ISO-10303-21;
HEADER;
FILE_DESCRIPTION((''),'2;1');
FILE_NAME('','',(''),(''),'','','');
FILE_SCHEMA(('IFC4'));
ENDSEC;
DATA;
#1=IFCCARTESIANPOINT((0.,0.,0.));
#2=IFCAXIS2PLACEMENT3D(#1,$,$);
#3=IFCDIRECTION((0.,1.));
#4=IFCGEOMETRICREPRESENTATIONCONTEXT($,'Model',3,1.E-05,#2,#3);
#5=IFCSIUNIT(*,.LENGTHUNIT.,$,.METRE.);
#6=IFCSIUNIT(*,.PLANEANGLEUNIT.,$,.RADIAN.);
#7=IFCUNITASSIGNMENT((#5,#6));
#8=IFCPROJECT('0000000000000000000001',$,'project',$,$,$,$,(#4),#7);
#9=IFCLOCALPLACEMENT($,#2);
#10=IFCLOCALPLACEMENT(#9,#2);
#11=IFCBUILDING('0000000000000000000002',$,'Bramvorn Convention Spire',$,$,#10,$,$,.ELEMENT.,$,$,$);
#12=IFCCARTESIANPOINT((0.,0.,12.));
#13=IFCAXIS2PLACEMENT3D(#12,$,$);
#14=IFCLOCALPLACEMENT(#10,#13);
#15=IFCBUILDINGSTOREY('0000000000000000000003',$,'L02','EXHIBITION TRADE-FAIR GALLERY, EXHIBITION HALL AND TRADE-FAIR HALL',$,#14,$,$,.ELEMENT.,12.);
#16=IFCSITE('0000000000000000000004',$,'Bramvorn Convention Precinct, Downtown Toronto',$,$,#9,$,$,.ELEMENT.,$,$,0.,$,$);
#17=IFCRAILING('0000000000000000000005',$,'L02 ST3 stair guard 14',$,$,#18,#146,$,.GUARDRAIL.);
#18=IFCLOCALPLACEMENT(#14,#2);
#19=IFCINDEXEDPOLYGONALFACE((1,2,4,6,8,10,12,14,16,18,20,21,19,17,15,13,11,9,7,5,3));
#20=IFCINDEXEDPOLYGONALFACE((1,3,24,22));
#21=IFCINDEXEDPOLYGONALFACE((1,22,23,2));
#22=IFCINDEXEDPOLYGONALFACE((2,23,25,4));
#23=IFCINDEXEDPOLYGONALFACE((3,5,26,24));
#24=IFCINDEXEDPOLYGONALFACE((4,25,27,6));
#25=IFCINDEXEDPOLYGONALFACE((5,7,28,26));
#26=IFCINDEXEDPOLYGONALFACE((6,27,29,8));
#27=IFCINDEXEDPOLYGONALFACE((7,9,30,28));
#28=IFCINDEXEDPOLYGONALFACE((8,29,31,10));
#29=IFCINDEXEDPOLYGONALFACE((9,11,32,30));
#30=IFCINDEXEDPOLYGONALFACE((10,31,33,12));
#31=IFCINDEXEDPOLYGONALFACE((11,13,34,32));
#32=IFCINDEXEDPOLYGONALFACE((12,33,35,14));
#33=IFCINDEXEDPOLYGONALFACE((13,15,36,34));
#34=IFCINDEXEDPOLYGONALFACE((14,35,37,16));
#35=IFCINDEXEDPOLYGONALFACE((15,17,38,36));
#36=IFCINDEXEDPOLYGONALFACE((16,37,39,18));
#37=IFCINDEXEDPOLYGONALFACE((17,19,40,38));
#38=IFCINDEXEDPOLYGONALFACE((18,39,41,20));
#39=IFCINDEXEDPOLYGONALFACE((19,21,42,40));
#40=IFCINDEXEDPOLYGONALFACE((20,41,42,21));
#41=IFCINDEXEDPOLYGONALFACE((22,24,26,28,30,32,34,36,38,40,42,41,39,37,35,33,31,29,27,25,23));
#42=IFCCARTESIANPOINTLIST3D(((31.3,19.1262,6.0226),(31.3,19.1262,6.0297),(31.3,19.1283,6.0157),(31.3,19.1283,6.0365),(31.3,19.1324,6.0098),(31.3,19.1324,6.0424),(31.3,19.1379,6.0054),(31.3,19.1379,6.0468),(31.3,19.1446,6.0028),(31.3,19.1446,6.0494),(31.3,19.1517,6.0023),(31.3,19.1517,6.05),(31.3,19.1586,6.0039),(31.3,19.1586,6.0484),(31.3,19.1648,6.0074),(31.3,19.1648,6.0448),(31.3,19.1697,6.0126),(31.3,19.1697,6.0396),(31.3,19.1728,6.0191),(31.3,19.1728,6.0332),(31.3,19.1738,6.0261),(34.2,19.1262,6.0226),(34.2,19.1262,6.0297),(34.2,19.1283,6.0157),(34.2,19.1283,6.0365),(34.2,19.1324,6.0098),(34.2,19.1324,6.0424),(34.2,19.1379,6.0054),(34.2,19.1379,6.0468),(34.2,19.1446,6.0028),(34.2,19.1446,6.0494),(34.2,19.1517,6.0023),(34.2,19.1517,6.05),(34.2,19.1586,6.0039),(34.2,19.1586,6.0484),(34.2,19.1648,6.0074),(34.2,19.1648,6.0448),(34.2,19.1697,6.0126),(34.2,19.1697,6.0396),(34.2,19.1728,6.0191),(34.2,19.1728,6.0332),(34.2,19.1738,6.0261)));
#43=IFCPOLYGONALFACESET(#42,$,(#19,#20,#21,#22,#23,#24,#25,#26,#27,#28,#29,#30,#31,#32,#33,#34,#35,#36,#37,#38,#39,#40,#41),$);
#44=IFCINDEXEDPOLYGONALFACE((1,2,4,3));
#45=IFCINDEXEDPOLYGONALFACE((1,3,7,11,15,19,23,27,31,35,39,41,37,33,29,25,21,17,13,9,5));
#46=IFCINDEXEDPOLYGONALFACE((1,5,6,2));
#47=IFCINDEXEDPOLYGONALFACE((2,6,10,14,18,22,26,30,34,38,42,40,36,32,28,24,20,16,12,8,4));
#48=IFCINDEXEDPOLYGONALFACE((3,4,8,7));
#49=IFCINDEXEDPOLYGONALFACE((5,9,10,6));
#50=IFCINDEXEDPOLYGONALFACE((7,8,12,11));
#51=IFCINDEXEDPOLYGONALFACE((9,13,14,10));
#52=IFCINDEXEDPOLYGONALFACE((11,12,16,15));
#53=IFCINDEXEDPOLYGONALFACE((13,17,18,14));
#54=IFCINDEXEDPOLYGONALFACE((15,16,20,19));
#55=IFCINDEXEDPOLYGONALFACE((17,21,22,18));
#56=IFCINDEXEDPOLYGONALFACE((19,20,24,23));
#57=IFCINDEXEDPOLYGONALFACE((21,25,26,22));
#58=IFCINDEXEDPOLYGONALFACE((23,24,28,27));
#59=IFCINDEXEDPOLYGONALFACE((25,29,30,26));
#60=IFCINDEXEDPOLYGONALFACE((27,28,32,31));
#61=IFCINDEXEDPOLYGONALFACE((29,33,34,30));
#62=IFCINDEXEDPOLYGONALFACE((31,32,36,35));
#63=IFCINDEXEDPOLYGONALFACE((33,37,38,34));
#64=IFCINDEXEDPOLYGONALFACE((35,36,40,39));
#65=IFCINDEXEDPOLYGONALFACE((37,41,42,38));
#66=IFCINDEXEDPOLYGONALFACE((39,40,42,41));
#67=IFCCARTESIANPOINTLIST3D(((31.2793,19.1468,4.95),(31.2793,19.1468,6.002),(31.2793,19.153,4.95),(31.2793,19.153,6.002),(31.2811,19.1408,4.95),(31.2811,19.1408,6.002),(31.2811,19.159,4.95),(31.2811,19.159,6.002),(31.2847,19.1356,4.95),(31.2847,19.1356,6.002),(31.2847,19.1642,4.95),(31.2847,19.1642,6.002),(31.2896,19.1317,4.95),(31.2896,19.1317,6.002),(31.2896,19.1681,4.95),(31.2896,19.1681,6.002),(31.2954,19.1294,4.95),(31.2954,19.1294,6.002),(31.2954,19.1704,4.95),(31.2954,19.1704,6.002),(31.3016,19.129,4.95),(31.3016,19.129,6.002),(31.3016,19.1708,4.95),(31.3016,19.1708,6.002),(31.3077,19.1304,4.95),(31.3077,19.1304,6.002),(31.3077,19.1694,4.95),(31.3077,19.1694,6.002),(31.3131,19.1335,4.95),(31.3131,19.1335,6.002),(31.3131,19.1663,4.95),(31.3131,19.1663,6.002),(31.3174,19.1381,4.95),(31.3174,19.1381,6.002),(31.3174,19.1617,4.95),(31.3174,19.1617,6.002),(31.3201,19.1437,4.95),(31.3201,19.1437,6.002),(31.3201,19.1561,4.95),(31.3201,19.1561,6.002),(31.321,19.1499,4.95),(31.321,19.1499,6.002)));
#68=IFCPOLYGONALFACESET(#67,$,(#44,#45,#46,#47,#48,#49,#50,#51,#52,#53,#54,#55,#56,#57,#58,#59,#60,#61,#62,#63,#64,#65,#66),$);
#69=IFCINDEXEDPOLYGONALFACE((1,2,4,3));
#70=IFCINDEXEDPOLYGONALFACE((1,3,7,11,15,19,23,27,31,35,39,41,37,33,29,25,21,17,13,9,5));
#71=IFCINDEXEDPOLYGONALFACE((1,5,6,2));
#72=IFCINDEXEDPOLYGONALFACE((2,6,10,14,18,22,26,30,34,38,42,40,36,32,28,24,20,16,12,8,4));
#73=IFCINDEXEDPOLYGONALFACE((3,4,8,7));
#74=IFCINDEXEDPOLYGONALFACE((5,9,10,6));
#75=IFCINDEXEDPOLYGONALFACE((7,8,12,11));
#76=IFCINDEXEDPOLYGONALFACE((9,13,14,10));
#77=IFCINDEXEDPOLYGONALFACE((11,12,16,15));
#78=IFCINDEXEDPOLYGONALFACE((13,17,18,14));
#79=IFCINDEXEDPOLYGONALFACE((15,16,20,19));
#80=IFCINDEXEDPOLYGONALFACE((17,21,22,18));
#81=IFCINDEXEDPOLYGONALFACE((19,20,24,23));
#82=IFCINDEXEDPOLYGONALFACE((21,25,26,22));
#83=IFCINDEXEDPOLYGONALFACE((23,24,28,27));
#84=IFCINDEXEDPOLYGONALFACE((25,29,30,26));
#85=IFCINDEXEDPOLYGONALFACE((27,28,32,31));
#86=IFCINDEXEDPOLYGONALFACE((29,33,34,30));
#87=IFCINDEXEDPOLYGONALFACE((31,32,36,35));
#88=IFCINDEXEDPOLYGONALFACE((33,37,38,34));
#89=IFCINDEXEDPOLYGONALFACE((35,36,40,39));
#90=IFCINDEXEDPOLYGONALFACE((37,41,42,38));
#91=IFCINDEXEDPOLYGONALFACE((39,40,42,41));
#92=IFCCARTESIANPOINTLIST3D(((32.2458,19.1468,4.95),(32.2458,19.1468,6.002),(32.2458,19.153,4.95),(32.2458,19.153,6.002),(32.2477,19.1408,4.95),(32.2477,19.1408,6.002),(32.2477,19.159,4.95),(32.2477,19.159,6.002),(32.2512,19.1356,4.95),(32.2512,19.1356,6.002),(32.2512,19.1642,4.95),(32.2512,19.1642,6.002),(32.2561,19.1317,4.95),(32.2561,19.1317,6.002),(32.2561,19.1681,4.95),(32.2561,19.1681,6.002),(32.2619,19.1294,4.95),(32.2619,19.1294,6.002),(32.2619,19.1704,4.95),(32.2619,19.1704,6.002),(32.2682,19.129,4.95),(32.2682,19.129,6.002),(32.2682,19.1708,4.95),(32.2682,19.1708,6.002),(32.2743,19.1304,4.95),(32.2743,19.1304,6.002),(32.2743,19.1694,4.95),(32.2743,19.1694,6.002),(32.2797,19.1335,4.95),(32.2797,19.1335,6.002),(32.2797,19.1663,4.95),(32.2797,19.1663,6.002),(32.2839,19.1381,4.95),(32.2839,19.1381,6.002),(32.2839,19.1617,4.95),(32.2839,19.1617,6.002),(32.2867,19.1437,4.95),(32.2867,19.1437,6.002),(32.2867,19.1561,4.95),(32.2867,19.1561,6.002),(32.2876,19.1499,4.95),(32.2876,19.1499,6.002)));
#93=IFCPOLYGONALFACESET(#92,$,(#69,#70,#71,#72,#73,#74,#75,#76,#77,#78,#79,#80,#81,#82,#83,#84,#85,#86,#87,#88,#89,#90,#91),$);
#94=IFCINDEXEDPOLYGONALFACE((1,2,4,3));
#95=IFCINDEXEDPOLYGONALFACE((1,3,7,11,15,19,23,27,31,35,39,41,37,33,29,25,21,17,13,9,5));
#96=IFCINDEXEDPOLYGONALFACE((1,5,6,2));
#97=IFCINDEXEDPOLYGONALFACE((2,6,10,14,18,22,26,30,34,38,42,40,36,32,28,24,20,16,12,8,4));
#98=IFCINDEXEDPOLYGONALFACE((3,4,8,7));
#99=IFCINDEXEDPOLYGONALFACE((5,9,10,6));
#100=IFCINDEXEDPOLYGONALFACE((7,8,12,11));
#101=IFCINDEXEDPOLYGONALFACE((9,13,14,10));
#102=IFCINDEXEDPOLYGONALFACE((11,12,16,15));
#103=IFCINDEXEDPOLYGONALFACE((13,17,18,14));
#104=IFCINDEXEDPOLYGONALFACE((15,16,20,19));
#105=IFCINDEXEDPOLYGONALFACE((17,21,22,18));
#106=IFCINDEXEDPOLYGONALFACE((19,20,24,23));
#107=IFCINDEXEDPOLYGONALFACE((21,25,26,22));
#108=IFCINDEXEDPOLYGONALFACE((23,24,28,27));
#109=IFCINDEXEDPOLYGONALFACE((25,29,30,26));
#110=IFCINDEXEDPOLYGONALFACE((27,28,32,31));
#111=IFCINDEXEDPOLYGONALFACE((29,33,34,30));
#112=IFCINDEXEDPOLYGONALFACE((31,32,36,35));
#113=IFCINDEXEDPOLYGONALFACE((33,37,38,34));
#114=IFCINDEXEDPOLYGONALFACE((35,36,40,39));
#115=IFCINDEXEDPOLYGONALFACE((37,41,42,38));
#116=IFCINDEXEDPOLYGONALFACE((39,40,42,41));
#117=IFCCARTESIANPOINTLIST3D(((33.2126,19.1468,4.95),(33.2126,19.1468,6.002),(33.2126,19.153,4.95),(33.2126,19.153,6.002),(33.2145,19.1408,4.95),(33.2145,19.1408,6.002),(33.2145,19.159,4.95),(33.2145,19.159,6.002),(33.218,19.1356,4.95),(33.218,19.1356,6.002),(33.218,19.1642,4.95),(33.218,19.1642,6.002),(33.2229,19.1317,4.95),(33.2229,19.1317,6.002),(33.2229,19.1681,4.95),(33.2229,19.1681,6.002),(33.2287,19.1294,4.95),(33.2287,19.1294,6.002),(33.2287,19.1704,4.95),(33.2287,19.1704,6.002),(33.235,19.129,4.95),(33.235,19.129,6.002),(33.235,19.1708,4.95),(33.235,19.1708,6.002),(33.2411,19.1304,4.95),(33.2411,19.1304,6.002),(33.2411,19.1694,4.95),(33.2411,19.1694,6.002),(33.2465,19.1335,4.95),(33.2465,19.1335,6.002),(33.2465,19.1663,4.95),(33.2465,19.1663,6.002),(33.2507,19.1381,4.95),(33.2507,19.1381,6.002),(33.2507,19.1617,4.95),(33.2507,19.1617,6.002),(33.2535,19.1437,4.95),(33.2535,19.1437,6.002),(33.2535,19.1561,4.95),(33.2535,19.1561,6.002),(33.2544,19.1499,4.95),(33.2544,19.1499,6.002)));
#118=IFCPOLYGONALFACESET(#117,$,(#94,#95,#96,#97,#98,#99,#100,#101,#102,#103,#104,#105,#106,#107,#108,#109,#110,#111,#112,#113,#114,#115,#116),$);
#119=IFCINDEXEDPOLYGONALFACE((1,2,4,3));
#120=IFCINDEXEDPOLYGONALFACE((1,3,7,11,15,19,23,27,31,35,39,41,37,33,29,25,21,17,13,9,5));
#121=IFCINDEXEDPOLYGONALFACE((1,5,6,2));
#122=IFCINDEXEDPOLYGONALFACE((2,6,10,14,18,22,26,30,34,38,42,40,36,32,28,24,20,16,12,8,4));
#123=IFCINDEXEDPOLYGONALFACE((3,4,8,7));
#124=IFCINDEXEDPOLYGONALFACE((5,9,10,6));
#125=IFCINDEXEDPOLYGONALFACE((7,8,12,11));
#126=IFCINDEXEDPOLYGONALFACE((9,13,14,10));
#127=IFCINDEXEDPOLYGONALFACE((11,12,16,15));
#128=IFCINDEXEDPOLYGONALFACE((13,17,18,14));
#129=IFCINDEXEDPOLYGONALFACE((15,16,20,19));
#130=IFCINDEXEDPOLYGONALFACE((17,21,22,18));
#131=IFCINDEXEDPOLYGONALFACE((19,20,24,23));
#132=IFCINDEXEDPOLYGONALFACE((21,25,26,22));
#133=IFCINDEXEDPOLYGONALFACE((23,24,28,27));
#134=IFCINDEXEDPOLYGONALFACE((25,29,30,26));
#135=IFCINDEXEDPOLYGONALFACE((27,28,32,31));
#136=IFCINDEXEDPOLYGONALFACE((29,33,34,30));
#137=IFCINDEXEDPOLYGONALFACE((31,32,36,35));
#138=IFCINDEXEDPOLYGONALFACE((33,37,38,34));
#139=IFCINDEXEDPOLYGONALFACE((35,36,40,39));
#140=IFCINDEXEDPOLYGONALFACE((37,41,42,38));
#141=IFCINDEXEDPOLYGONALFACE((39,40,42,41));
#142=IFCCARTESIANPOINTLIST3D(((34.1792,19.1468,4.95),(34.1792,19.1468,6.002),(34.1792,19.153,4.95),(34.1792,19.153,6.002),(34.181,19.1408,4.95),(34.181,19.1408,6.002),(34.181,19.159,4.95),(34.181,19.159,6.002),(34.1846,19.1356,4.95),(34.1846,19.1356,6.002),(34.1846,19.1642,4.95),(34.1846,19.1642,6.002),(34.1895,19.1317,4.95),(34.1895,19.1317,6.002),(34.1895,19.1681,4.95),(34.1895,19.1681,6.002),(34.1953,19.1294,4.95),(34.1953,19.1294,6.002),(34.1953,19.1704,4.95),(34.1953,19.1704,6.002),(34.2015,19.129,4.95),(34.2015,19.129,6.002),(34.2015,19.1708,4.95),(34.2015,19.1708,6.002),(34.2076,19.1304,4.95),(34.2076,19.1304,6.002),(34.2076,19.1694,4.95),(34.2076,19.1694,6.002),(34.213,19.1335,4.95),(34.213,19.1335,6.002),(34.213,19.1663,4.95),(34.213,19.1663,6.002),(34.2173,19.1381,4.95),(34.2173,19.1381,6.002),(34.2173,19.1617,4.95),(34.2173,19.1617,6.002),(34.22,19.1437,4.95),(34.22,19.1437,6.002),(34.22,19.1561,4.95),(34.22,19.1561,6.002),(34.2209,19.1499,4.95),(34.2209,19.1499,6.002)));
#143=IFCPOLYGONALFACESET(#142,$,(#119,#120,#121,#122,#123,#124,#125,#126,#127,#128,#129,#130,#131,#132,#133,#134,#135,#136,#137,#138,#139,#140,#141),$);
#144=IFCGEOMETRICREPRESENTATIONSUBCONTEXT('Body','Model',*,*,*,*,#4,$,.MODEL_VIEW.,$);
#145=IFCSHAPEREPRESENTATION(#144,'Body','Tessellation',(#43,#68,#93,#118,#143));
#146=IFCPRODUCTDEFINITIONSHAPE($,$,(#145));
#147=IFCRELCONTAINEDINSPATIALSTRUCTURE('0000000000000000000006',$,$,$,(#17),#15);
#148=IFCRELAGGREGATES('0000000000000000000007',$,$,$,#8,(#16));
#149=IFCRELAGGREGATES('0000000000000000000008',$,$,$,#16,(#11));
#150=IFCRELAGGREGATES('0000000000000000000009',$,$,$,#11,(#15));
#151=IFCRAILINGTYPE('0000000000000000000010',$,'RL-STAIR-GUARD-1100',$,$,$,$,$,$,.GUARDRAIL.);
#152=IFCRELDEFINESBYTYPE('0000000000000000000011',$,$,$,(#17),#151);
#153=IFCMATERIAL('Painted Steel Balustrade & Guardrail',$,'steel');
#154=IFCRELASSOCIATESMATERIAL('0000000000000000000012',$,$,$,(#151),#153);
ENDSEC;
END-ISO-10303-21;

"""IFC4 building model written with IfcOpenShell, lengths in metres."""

from ifc_helpers import new_model, si_unit, direction, frame, origin, origin_2d, place, context, subcontext, project, spatial, circle, extrude, material, type_object, element, save


model = new_model("IFC4")

# Units and contexts
model_context = context("Model", 3, precision=1e-05, world=origin(), true_north=direction((0.0, 1.0)))
body_context = subcontext(model_context, "Body", "Model", "MODEL_VIEW")
ifc_project = project(units=[si_unit("LENGTHUNIT", "METRE"), si_unit("PLANEANGLEUNIT", "RADIAN")], contexts=[model_context])

# Site, building, storey
site_placement = place(None, origin())
site = spatial("IfcSite", under=ifc_project, at=site_placement, Name="Bramvorn Convention Precinct, Downtown Toronto", CompositionType="ELEMENT", RefElevation=0.0)
building_placement = place(site_placement, origin())
building = spatial("IfcBuilding", under=site, at=building_placement, Name="Bramvorn Convention Spire", CompositionType="ELEMENT")
storey_placement = place(building_placement, frame((0.0, 0.0, 12.0)))
storey = spatial("IfcBuildingStorey", under=building, at=storey_placement, Name="L02", Description="EXHIBITION TRADE-FAIR GALLERY, EXHIBITION HALL AND TRADE-FAIR HALL", CompositionType="ELEMENT", Elevation=12.0)

# Railing
ifc_material_1 = material(Name="Painted Steel Balustrade & Guardrail", Category="steel")
railing_type = type_object("IfcRailingType", Name="RL-STAIR-GUARD-1100", PredefinedType="GUARDRAIL", material=ifc_material_1)
for number, where, name in (
    (1, (31.3, 19.1499, 4.95), "L02 ST3 stair guard 14"),
):
    element("IfcRailing", number, at=place(storey_placement, frame(where)), inside=storey, type_object=railing_type, Name=name, PredefinedType="GUARDRAIL", context=body_context, shape_type="SweptSolid", body=[
        extrude(circle(Radius=0.0239, at=origin_2d()), frame((0.0, 0.0, 1.0762), z_axis=(1.0, 0.0, 0.0), x_axis=(0.0, 1.0, 0.0)), (0.0, 0.0, 1.0), 2.8999),
        extrude(circle(Radius=0.021, at=origin_2d()), origin(), (0.0, 0.0, 1.0), 1.052),
        extrude(circle(Radius=0.021, at=origin_2d()), frame((0.9666, 0.0, 0.0)), (0.0, 0.0, 1.0), 1.052),
        extrude(circle(Radius=0.021, at=origin_2d()), frame((1.9333, 0.0, 0.0)), (0.0, 0.0, 1.0), 1.052),
        extrude(circle(Radius=0.021, at=origin_2d()), frame((2.8999, 0.0, 0.0)), (0.0, 0.0, 1.0), 1.052),
    ])

save(model, "model.ifc")
